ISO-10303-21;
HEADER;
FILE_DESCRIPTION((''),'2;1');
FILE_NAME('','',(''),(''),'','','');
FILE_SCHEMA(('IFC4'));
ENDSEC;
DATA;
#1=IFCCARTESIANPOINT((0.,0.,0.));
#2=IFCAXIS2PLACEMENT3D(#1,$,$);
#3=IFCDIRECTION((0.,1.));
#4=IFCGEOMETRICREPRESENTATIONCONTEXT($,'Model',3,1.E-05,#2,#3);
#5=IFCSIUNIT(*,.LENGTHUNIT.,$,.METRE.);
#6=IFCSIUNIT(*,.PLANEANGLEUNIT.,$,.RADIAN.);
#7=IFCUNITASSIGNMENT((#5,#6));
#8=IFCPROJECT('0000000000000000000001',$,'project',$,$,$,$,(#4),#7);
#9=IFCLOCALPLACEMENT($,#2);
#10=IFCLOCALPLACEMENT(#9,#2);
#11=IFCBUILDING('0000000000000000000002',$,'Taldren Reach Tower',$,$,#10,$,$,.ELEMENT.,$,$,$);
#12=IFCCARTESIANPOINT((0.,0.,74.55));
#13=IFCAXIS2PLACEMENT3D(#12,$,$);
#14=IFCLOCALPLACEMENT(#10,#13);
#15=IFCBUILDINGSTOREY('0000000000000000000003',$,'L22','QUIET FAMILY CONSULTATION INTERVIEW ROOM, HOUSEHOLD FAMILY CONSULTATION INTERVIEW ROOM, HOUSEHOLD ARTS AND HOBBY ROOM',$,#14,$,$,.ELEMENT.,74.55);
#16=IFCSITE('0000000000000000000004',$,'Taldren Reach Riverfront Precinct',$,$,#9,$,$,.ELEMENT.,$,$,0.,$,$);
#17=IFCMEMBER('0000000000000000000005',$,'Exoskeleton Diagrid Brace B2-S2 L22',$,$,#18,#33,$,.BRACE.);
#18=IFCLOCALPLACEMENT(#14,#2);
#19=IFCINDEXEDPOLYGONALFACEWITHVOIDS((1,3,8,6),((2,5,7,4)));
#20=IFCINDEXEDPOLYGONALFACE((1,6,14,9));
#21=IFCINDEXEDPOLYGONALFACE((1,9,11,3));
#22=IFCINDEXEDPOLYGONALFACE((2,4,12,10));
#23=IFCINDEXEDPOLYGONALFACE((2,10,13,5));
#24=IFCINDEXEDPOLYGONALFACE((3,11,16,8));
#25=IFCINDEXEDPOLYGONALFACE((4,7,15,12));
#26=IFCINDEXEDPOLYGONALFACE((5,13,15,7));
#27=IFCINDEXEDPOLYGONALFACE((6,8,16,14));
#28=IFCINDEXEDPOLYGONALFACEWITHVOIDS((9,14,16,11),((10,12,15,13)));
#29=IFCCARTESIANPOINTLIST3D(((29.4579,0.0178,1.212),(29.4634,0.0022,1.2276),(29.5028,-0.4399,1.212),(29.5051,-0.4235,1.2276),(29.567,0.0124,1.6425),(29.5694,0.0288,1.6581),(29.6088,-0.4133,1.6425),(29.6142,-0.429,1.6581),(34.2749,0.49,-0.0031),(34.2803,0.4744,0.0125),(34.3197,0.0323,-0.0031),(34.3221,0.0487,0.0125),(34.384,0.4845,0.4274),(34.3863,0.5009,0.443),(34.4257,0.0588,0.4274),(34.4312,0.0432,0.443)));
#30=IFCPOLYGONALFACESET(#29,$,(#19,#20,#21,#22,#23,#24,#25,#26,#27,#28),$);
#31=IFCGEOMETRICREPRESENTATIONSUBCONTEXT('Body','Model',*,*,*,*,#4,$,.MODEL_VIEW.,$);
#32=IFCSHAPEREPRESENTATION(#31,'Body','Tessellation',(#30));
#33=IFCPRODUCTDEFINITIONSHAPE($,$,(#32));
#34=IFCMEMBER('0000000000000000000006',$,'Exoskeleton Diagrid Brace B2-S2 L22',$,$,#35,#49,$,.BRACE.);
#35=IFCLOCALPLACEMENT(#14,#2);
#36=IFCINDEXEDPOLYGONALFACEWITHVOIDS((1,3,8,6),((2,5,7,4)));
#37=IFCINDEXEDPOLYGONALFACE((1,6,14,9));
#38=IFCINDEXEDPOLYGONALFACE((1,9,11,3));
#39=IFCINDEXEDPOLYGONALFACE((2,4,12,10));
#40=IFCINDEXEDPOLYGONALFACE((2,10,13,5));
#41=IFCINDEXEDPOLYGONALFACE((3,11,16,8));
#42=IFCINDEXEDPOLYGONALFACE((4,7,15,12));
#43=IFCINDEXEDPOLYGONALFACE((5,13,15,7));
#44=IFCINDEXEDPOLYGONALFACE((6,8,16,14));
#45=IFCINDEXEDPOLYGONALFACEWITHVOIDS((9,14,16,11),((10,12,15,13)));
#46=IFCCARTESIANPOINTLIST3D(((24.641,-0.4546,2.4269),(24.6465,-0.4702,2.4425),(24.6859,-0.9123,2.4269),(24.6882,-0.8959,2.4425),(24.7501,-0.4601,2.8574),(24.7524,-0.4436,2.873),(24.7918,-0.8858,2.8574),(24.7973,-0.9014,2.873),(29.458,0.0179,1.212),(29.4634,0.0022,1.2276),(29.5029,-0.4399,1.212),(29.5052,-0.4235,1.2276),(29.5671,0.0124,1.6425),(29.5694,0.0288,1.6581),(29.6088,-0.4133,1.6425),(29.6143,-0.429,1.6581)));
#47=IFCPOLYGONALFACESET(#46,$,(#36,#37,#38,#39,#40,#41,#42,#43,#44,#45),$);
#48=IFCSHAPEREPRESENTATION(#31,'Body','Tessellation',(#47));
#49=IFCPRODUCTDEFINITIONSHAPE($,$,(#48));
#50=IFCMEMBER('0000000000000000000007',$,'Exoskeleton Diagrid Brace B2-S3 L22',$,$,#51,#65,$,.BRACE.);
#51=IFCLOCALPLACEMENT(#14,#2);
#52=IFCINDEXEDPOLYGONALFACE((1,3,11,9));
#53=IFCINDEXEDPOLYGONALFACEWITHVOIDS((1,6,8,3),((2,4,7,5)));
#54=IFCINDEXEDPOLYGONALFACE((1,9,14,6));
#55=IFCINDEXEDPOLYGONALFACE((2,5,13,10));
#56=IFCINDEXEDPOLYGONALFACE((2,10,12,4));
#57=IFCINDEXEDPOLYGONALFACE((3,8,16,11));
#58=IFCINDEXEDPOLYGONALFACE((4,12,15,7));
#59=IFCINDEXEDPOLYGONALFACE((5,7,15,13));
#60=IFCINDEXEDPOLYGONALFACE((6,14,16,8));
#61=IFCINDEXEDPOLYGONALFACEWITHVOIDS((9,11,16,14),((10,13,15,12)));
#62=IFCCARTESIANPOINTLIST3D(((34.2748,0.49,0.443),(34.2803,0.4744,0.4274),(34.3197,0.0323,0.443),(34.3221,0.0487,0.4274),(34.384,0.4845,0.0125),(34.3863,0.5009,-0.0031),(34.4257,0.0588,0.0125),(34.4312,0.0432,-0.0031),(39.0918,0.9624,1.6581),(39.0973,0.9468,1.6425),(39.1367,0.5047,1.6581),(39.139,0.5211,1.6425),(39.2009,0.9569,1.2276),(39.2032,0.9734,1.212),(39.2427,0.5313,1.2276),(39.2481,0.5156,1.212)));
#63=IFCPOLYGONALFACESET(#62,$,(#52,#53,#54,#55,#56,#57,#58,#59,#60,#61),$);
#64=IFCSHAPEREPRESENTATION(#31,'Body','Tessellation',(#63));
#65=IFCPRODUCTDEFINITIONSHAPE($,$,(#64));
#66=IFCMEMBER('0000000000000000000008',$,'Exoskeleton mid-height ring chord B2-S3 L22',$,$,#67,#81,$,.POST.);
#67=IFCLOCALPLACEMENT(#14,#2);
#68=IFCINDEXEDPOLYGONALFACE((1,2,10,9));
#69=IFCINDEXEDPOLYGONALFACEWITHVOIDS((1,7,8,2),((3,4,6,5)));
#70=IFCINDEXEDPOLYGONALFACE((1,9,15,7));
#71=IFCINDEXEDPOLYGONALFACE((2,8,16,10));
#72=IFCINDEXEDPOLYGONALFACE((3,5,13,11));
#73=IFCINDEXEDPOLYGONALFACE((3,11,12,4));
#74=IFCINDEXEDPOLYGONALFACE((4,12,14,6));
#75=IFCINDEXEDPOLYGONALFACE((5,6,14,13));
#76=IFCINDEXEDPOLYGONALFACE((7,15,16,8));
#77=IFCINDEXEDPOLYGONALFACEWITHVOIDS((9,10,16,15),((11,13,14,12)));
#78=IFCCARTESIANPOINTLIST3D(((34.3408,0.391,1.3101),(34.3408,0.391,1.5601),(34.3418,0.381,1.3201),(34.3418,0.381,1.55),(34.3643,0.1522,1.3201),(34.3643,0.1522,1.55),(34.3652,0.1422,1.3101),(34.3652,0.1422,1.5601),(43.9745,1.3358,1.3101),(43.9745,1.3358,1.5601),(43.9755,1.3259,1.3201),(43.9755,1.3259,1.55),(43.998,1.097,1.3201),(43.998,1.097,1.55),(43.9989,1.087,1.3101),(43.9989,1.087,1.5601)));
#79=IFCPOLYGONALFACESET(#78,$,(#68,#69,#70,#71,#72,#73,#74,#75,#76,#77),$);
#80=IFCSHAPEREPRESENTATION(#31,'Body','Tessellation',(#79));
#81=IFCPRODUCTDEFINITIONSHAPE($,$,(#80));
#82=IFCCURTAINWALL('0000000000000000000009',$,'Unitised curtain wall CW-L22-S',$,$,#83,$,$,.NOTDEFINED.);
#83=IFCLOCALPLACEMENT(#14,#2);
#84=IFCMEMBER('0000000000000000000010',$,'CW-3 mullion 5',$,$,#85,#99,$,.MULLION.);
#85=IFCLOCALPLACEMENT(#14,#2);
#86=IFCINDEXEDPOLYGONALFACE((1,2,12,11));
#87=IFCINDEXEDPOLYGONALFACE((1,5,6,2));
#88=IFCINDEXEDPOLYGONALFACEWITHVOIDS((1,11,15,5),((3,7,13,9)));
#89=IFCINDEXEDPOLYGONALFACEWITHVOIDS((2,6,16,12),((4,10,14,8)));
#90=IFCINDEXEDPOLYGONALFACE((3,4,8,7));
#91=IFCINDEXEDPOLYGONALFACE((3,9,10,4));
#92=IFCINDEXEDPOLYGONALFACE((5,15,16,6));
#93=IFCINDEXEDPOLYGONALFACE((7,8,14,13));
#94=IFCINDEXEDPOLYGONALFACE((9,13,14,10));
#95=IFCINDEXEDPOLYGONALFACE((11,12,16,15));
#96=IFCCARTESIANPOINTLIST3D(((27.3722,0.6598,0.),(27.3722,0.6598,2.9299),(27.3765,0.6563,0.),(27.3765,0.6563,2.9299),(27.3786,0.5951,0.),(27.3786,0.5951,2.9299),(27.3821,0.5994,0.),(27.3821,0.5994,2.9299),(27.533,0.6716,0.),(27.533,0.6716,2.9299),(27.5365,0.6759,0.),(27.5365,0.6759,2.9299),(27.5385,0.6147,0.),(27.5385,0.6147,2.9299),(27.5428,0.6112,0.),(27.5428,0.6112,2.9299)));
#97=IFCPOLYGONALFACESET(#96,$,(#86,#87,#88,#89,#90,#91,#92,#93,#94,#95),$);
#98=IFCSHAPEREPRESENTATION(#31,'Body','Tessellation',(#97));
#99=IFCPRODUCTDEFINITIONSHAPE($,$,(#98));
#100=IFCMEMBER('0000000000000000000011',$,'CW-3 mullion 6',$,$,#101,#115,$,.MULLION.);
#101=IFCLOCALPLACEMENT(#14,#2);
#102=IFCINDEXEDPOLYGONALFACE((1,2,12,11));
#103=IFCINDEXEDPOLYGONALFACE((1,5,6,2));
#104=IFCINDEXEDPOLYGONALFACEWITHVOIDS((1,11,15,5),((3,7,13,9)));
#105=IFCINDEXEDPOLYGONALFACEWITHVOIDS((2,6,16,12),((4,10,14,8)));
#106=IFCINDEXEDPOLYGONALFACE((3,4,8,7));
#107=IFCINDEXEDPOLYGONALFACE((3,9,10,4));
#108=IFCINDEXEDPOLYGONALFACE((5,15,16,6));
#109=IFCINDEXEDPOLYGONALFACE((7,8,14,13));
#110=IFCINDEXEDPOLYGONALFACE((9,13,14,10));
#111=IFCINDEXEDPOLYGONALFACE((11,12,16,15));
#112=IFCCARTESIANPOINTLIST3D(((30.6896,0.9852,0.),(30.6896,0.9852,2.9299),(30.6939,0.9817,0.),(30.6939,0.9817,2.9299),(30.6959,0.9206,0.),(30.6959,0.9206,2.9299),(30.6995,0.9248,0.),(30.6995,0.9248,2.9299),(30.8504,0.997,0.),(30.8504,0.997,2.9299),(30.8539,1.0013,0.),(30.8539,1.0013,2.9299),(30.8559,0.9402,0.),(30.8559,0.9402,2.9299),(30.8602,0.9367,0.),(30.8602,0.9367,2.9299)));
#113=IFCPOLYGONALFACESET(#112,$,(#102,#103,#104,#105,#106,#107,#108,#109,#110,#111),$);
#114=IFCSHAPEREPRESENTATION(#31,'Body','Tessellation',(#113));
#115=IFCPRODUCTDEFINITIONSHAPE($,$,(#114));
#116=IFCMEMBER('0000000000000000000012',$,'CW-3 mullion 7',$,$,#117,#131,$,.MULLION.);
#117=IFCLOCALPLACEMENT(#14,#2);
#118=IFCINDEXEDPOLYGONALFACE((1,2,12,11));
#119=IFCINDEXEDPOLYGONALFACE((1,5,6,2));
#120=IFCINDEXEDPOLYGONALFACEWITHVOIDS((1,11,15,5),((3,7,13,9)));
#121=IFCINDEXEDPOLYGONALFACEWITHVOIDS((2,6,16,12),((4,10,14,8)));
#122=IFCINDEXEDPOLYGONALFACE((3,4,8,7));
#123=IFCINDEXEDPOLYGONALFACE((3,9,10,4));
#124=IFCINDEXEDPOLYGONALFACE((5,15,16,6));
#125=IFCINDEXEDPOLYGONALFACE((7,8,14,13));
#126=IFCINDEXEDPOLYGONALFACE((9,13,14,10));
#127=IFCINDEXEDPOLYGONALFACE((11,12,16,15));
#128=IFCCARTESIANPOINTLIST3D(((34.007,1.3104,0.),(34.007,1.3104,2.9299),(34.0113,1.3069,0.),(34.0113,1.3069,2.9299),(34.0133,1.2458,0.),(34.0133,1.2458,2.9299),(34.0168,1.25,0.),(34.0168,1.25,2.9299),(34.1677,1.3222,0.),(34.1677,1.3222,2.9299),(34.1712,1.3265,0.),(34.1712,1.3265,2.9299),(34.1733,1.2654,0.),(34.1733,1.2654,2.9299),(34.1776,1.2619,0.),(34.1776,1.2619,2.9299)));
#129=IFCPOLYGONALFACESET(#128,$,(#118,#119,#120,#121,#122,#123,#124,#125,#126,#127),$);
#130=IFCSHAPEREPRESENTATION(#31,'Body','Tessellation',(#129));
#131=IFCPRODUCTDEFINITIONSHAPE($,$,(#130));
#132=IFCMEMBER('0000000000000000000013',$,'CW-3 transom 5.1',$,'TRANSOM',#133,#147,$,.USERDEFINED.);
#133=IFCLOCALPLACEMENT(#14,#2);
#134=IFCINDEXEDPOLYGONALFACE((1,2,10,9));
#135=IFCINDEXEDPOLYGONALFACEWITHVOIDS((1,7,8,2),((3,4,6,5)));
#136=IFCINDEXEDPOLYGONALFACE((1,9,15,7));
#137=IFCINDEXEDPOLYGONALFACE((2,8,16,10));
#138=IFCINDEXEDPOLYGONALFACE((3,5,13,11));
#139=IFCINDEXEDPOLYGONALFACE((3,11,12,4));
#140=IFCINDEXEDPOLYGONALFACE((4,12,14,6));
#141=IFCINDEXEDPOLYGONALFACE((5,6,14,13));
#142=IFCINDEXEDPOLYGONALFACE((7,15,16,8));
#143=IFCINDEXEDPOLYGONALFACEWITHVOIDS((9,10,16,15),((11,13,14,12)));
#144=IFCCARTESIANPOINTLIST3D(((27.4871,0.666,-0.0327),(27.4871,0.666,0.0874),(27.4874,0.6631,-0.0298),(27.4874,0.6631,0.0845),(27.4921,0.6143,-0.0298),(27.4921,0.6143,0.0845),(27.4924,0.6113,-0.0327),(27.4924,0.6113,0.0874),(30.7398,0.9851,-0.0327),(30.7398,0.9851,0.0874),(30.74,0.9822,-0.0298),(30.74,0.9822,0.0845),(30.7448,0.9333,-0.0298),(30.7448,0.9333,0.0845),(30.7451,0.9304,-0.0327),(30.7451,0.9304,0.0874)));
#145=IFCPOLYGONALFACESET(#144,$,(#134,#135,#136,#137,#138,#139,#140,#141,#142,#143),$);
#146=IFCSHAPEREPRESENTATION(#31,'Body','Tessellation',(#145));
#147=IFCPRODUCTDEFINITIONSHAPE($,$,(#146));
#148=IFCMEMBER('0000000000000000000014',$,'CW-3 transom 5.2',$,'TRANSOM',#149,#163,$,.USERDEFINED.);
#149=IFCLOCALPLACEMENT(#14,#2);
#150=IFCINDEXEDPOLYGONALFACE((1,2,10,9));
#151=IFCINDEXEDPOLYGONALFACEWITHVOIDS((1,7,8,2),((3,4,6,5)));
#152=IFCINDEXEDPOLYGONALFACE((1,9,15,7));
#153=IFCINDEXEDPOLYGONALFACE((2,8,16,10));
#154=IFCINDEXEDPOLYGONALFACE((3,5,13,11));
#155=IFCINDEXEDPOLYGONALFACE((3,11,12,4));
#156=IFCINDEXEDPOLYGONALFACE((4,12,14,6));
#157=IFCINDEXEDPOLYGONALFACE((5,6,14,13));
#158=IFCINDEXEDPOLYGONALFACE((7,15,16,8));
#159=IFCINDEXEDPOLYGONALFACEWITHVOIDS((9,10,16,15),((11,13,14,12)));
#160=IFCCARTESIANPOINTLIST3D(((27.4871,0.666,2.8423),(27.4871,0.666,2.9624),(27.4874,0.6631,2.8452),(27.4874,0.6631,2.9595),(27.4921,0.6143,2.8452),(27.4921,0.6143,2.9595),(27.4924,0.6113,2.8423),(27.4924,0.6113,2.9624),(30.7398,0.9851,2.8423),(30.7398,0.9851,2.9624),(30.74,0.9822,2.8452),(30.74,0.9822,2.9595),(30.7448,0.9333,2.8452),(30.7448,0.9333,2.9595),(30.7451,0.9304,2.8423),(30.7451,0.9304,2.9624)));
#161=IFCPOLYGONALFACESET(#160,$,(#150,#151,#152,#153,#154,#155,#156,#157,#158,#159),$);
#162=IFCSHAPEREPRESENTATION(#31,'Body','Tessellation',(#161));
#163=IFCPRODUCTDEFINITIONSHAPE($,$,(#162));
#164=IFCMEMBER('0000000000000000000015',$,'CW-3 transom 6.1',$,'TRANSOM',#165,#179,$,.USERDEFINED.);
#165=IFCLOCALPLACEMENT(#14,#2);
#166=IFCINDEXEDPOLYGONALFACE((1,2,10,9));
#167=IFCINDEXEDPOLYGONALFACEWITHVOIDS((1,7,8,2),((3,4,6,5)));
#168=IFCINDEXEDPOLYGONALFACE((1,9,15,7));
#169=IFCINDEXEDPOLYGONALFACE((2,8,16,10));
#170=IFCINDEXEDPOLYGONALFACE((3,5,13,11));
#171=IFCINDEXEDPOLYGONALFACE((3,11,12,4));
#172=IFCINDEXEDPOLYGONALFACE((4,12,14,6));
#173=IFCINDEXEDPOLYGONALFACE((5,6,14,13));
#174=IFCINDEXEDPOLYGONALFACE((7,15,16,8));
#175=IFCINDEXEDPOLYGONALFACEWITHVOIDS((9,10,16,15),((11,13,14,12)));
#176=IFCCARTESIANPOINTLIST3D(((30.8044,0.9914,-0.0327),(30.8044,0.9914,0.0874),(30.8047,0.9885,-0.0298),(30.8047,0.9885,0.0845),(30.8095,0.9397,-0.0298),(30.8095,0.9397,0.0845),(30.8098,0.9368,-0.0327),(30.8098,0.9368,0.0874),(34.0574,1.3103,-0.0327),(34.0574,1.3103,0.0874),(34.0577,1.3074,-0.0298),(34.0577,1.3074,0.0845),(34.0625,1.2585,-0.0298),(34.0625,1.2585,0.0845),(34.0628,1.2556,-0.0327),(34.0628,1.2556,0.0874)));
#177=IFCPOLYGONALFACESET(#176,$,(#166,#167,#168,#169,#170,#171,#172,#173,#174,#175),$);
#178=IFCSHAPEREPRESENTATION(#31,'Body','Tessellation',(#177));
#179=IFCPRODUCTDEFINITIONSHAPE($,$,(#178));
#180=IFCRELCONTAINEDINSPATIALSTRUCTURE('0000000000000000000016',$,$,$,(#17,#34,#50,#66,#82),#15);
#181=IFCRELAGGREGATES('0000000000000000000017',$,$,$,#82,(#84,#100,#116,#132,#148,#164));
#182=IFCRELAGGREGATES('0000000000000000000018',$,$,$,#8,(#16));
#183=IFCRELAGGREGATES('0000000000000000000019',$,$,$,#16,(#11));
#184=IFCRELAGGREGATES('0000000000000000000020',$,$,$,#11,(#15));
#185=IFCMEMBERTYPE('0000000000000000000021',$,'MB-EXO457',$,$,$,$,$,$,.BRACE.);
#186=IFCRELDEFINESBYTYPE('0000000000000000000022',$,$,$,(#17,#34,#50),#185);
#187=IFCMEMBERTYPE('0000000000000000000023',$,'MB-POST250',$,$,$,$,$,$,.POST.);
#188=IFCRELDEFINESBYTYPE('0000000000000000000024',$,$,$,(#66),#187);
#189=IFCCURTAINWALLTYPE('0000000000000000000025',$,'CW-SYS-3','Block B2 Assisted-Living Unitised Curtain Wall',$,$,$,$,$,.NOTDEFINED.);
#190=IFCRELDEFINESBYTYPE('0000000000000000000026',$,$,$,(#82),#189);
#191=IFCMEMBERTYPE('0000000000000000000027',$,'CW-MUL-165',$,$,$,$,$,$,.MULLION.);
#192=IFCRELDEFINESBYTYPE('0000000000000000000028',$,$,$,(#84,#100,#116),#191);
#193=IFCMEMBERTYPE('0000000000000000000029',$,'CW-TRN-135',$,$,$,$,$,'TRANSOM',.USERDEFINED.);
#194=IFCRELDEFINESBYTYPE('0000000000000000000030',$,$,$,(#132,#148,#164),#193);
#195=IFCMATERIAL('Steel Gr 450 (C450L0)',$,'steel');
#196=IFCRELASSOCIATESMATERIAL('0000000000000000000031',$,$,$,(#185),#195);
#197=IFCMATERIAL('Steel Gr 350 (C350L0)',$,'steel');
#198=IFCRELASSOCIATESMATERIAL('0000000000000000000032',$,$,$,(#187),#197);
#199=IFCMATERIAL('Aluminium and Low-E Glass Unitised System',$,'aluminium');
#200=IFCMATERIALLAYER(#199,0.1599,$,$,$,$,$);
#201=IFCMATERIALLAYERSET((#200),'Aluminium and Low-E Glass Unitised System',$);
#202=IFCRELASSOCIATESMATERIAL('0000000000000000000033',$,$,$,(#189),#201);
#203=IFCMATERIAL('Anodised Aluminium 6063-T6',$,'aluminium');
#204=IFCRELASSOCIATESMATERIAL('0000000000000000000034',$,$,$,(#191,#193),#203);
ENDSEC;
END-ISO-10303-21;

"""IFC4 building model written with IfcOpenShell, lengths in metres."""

from ifc_helpers import new_model, si_unit, direction, frame, origin, origin_2d, place, context, subcontext, project, spatial, hollow_rectangle, extrude, source, transform, mapped, material, layer, layer_set, material_profile, profile_set, type_object, element, aggregate, save


model = new_model("IFC4")

# Units and contexts
model_context = context("Model", 3, precision=1e-05, world=origin(), true_north=direction((0.0, 1.0)))
body_context = subcontext(model_context, "Body", "Model", "MODEL_VIEW")
ifc_project = project(units=[si_unit("LENGTHUNIT", "METRE"), si_unit("PLANEANGLEUNIT", "RADIAN")], contexts=[model_context])

# Site, building, storey
site_placement = place(None, origin())
site = spatial("IfcSite", under=ifc_project, at=site_placement, Name="Taldren Reach Riverfront Precinct", CompositionType="ELEMENT", RefElevation=0.0)
building_placement = place(site_placement, origin())
building = spatial("IfcBuilding", under=site, at=building_placement, Name="Taldren Reach Tower", CompositionType="ELEMENT")
storey_placement = place(building_placement, frame((0.0, 0.0, 74.55)))
storey = spatial("IfcBuildingStorey", under=building, at=storey_placement, Name="L22", Description="QUIET FAMILY CONSULTATION INTERVIEW ROOM, HOUSEHOLD FAMILY CONSULTATION INTERVIEW ROOM, HOUSEHOLD ARTS AND HOBBY ROOM", CompositionType="ELEMENT", Elevation=74.55)

# Members
ifc_material_1 = material(Name="Steel Gr 450 (C450L0)", Category="steel")
ifc_material_profile_1 = material_profile(ifc_material_1, hollow_rectangle(XDim=0.46, YDim=0.46, WallThickness=0.0161, at=origin_2d()), Name="460x460x16.0SHS")
ifc_profile_set_1 = profile_set([ifc_material_profile_1], Name="Steel Gr 450 (C450L0)")
member_type_1 = type_object("IfcMemberType", Name="MB-EXO457", PredefinedType="BRACE", material=ifc_profile_set_1)
shared_shape_1 = source(origin(), body_context, "Body", "SweptSolid", [
    extrude(hollow_rectangle(XDim=0.46, YDim=0.46, WallThickness=0.0161, at=origin_2d()), origin(), (0.0, 0.0, 1.0), 4.9902),
])
for number, where, z_axis, x_axis, name in (
    (1, (34.353, 0.2666, 0.22), (-0.965276, -0.09462, 0.243496), (0.097556, -0.99523, 0.0), "Exoskeleton Diagrid Brace B2-S2 L22"),
    (2, (29.5361, -0.2056, 1.4351), (-0.965283, -0.094669, 0.243449), (0.097606, -0.995225, 0.0), "Exoskeleton Diagrid Brace B2-S2 L22"),
    (3, (34.353, 0.2666, 0.22), (0.965271, 0.094668, 0.243495), (-0.097606, 0.995225, 0.0), "Exoskeleton Diagrid Brace B2-S3 L22"),
):
    element("IfcMember", number, at=place(storey_placement, frame(where, z_axis=z_axis, x_axis=x_axis)), inside=storey, type_object=member_type_1, Name=name, PredefinedType="BRACE", context=body_context, shape_type="MappedRepresentation", body=[
        mapped(shared_shape_1, transform((0.0, 0.0, 0.0), scale=1.0)),
    ])
ifc_material_2 = material(Name="Steel Gr 350 (C350L0)", Category="steel")
ifc_material_profile_2 = material_profile(ifc_material_2, hollow_rectangle(XDim=0.25, YDim=0.25, WallThickness=0.01, at=origin_2d()), Name="250x250x10.0SHS")
ifc_profile_set_2 = profile_set([ifc_material_profile_2], Name="Steel Gr 350 (C350L0)")
member_type_2 = type_object("IfcMemberType", Name="MB-POST250", PredefinedType="POST", material=ifc_profile_set_2)
shared_shape_2 = source(origin(), body_context, "Body", "SweptSolid", [
    extrude(hollow_rectangle(XDim=0.25, YDim=0.25, WallThickness=0.01, at=origin_2d()), origin(), (0.0, 0.0, 1.0), 9.6799),
])
member_1_placement = place(storey_placement, frame((34.353, 0.2666, 1.4351), z_axis=(0.995225, 0.097606, 0.0), x_axis=(-0.097606, 0.995225, 0.0)))
element("IfcMember", 4, at=member_1_placement, inside=storey, type_object=member_type_2, Name="Exoskeleton mid-height ring chord B2-S3 L22", PredefinedType="POST", context=body_context, shape_type="MappedRepresentation", body=[
    mapped(shared_shape_2, transform((0.0, 0.0, 0.0), scale=1.0)),
])

# Curtain wall, members
ifc_material_3 = material(Name="Aluminium and Low-E Glass Unitised System", Category="aluminium")
ifc_layer_1 = layer(ifc_material_3, 0.1599)
ifc_layer_set_1 = layer_set([ifc_layer_1], Name="Aluminium and Low-E Glass Unitised System")
curtain_wall_type = type_object("IfcCurtainWallType", Name="CW-SYS-3", Description="Block B2 Assisted-Living Unitised Curtain Wall", PredefinedType="NOTDEFINED", material=ifc_layer_set_1)
curtain_wall_placement = place(storey_placement, origin())
curtain_wall = element("IfcCurtainWall", 5, at=curtain_wall_placement, inside=storey, type_object=curtain_wall_type, Name="Unitised curtain wall CW-L22-S", PredefinedType="NOTDEFINED")
ifc_material_4 = material(Name="Anodised Aluminium 6063-T6", Category="aluminium")
ifc_material_profile_3 = material_profile(ifc_material_4, hollow_rectangle(XDim=0.0649, YDim=0.165, WallThickness=0.0039, at=origin_2d()), Name="ALU-165x65x4RHS")
ifc_profile_set_3 = profile_set([ifc_material_profile_3], Name="Anodised Aluminium 6063-T6")
member_type_3 = type_object("IfcMemberType", Name="CW-MUL-165", PredefinedType="MULLION", material=ifc_profile_set_3)
shared_shape_3 = source(origin(), body_context, "Body", "SweptSolid", [
    extrude(hollow_rectangle(XDim=0.0649, YDim=0.165, WallThickness=0.0039, at=origin_2d()), origin(), (0.0, 0.0, 1.0), 2.9299),
])
member_2_placement = place(storey_placement, frame((27.4575, 0.6355, 0.0), z_axis=(0.0, 0.0, 1.0), x_axis=(-0.097583, 0.995227, 0.0)))
member_2 = element("IfcMember", 6, at=member_2_placement, type_object=member_type_3, Name="CW-3 mullion 5", PredefinedType="MULLION", context=body_context, shape_type="MappedRepresentation", body=[
    mapped(shared_shape_3, transform((0.0, 0.0, 0.0), scale=1.0)),
])
member_3_placement = place(storey_placement, frame((30.7749, 0.9609, 0.0), z_axis=(0.0, 0.0, 1.0), x_axis=(-0.097583, 0.995227, 0.0)))
member_3 = element("IfcMember", 7, at=member_3_placement, type_object=member_type_3, Name="CW-3 mullion 6", PredefinedType="MULLION", context=body_context, shape_type="MappedRepresentation", body=[
    mapped(shared_shape_3, transform((0.0, 0.0, 0.0), scale=1.0)),
])
member_4_placement = place(storey_placement, frame((34.0923, 1.2861, 0.0), z_axis=(0.0, 0.0, 1.0), x_axis=(-0.097583, 0.995227, 0.0)))
member_4 = element("IfcMember", 8, at=member_4_placement, type_object=member_type_3, Name="CW-3 mullion 7", PredefinedType="MULLION", context=body_context, shape_type="MappedRepresentation", body=[
    mapped(shared_shape_3, transform((0.0, 0.0, 0.0), scale=1.0)),
])
ifc_material_profile_4 = material_profile(ifc_material_4, hollow_rectangle(XDim=0.0549, YDim=0.1201, WallThickness=0.0029, at=origin_2d()), Name="ALU-120x55x3RHS")
ifc_profile_set_4 = profile_set([ifc_material_profile_4], Name="Anodised Aluminium 6063-T6")
member_type_4 = type_object("IfcMemberType", Name="CW-TRN-135", ElementType="TRANSOM", PredefinedType="USERDEFINED", material=ifc_profile_set_4)
shared_shape_4 = source(origin(), body_context, "Body", "SweptSolid", [
    extrude(hollow_rectangle(XDim=0.0549, YDim=0.1201, WallThickness=0.0029, at=origin_2d()), origin(), (0.0, 0.0, 1.0), 3.2683),
])
member_5_placement = place(storey_placement, frame((27.4897, 0.6387, 0.0273), z_axis=(0.995223, 0.097632, 0.0), x_axis=(-0.097632, 0.995223, 0.0)))
member_5 = element("IfcMember", 9, at=member_5_placement, type_object=member_type_4, Name="CW-3 transom 5.1", ObjectType="TRANSOM", PredefinedType="USERDEFINED", context=body_context, shape_type="MappedRepresentation", body=[
    mapped(shared_shape_4, transform((0.0, 0.0, 0.0), scale=1.0)),
])
member_6_placement = place(storey_placement, frame((27.4897, 0.6387, 2.9023), z_axis=(0.995223, 0.097632, 0.0), x_axis=(-0.097632, 0.995223, 0.0)))
member_6 = element("IfcMember", 10, at=member_6_placement, type_object=member_type_4, Name="CW-3 transom 5.2", ObjectType="TRANSOM", PredefinedType="USERDEFINED", context=body_context, shape_type="MappedRepresentation", body=[
    mapped(shared_shape_4, transform((0.0, 0.0, 0.0), scale=1.0)),
])
shared_shape_5 = source(origin(), body_context, "Body", "SweptSolid", [
    extrude(hollow_rectangle(XDim=0.0549, YDim=0.1201, WallThickness=0.0029, at=origin_2d()), origin(), (0.0, 0.0, 1.0), 3.2686),
])
member_7_placement = place(storey_placement, frame((30.8071, 0.9641, 0.0273), z_axis=(0.995231, 0.097551, 0.0), x_axis=(-0.097551, 0.995231, 0.0)))
member_7 = element("IfcMember", 11, at=member_7_placement, type_object=member_type_4, Name="CW-3 transom 6.1", ObjectType="TRANSOM", PredefinedType="USERDEFINED", context=body_context, shape_type="MappedRepresentation", body=[
    mapped(shared_shape_5, transform((0.0, 0.0, 0.0), scale=1.0)),
])

aggregate(curtain_wall, [member_2, member_3, member_4, member_5, member_6, member_7])

save(model, "model.ifc")
